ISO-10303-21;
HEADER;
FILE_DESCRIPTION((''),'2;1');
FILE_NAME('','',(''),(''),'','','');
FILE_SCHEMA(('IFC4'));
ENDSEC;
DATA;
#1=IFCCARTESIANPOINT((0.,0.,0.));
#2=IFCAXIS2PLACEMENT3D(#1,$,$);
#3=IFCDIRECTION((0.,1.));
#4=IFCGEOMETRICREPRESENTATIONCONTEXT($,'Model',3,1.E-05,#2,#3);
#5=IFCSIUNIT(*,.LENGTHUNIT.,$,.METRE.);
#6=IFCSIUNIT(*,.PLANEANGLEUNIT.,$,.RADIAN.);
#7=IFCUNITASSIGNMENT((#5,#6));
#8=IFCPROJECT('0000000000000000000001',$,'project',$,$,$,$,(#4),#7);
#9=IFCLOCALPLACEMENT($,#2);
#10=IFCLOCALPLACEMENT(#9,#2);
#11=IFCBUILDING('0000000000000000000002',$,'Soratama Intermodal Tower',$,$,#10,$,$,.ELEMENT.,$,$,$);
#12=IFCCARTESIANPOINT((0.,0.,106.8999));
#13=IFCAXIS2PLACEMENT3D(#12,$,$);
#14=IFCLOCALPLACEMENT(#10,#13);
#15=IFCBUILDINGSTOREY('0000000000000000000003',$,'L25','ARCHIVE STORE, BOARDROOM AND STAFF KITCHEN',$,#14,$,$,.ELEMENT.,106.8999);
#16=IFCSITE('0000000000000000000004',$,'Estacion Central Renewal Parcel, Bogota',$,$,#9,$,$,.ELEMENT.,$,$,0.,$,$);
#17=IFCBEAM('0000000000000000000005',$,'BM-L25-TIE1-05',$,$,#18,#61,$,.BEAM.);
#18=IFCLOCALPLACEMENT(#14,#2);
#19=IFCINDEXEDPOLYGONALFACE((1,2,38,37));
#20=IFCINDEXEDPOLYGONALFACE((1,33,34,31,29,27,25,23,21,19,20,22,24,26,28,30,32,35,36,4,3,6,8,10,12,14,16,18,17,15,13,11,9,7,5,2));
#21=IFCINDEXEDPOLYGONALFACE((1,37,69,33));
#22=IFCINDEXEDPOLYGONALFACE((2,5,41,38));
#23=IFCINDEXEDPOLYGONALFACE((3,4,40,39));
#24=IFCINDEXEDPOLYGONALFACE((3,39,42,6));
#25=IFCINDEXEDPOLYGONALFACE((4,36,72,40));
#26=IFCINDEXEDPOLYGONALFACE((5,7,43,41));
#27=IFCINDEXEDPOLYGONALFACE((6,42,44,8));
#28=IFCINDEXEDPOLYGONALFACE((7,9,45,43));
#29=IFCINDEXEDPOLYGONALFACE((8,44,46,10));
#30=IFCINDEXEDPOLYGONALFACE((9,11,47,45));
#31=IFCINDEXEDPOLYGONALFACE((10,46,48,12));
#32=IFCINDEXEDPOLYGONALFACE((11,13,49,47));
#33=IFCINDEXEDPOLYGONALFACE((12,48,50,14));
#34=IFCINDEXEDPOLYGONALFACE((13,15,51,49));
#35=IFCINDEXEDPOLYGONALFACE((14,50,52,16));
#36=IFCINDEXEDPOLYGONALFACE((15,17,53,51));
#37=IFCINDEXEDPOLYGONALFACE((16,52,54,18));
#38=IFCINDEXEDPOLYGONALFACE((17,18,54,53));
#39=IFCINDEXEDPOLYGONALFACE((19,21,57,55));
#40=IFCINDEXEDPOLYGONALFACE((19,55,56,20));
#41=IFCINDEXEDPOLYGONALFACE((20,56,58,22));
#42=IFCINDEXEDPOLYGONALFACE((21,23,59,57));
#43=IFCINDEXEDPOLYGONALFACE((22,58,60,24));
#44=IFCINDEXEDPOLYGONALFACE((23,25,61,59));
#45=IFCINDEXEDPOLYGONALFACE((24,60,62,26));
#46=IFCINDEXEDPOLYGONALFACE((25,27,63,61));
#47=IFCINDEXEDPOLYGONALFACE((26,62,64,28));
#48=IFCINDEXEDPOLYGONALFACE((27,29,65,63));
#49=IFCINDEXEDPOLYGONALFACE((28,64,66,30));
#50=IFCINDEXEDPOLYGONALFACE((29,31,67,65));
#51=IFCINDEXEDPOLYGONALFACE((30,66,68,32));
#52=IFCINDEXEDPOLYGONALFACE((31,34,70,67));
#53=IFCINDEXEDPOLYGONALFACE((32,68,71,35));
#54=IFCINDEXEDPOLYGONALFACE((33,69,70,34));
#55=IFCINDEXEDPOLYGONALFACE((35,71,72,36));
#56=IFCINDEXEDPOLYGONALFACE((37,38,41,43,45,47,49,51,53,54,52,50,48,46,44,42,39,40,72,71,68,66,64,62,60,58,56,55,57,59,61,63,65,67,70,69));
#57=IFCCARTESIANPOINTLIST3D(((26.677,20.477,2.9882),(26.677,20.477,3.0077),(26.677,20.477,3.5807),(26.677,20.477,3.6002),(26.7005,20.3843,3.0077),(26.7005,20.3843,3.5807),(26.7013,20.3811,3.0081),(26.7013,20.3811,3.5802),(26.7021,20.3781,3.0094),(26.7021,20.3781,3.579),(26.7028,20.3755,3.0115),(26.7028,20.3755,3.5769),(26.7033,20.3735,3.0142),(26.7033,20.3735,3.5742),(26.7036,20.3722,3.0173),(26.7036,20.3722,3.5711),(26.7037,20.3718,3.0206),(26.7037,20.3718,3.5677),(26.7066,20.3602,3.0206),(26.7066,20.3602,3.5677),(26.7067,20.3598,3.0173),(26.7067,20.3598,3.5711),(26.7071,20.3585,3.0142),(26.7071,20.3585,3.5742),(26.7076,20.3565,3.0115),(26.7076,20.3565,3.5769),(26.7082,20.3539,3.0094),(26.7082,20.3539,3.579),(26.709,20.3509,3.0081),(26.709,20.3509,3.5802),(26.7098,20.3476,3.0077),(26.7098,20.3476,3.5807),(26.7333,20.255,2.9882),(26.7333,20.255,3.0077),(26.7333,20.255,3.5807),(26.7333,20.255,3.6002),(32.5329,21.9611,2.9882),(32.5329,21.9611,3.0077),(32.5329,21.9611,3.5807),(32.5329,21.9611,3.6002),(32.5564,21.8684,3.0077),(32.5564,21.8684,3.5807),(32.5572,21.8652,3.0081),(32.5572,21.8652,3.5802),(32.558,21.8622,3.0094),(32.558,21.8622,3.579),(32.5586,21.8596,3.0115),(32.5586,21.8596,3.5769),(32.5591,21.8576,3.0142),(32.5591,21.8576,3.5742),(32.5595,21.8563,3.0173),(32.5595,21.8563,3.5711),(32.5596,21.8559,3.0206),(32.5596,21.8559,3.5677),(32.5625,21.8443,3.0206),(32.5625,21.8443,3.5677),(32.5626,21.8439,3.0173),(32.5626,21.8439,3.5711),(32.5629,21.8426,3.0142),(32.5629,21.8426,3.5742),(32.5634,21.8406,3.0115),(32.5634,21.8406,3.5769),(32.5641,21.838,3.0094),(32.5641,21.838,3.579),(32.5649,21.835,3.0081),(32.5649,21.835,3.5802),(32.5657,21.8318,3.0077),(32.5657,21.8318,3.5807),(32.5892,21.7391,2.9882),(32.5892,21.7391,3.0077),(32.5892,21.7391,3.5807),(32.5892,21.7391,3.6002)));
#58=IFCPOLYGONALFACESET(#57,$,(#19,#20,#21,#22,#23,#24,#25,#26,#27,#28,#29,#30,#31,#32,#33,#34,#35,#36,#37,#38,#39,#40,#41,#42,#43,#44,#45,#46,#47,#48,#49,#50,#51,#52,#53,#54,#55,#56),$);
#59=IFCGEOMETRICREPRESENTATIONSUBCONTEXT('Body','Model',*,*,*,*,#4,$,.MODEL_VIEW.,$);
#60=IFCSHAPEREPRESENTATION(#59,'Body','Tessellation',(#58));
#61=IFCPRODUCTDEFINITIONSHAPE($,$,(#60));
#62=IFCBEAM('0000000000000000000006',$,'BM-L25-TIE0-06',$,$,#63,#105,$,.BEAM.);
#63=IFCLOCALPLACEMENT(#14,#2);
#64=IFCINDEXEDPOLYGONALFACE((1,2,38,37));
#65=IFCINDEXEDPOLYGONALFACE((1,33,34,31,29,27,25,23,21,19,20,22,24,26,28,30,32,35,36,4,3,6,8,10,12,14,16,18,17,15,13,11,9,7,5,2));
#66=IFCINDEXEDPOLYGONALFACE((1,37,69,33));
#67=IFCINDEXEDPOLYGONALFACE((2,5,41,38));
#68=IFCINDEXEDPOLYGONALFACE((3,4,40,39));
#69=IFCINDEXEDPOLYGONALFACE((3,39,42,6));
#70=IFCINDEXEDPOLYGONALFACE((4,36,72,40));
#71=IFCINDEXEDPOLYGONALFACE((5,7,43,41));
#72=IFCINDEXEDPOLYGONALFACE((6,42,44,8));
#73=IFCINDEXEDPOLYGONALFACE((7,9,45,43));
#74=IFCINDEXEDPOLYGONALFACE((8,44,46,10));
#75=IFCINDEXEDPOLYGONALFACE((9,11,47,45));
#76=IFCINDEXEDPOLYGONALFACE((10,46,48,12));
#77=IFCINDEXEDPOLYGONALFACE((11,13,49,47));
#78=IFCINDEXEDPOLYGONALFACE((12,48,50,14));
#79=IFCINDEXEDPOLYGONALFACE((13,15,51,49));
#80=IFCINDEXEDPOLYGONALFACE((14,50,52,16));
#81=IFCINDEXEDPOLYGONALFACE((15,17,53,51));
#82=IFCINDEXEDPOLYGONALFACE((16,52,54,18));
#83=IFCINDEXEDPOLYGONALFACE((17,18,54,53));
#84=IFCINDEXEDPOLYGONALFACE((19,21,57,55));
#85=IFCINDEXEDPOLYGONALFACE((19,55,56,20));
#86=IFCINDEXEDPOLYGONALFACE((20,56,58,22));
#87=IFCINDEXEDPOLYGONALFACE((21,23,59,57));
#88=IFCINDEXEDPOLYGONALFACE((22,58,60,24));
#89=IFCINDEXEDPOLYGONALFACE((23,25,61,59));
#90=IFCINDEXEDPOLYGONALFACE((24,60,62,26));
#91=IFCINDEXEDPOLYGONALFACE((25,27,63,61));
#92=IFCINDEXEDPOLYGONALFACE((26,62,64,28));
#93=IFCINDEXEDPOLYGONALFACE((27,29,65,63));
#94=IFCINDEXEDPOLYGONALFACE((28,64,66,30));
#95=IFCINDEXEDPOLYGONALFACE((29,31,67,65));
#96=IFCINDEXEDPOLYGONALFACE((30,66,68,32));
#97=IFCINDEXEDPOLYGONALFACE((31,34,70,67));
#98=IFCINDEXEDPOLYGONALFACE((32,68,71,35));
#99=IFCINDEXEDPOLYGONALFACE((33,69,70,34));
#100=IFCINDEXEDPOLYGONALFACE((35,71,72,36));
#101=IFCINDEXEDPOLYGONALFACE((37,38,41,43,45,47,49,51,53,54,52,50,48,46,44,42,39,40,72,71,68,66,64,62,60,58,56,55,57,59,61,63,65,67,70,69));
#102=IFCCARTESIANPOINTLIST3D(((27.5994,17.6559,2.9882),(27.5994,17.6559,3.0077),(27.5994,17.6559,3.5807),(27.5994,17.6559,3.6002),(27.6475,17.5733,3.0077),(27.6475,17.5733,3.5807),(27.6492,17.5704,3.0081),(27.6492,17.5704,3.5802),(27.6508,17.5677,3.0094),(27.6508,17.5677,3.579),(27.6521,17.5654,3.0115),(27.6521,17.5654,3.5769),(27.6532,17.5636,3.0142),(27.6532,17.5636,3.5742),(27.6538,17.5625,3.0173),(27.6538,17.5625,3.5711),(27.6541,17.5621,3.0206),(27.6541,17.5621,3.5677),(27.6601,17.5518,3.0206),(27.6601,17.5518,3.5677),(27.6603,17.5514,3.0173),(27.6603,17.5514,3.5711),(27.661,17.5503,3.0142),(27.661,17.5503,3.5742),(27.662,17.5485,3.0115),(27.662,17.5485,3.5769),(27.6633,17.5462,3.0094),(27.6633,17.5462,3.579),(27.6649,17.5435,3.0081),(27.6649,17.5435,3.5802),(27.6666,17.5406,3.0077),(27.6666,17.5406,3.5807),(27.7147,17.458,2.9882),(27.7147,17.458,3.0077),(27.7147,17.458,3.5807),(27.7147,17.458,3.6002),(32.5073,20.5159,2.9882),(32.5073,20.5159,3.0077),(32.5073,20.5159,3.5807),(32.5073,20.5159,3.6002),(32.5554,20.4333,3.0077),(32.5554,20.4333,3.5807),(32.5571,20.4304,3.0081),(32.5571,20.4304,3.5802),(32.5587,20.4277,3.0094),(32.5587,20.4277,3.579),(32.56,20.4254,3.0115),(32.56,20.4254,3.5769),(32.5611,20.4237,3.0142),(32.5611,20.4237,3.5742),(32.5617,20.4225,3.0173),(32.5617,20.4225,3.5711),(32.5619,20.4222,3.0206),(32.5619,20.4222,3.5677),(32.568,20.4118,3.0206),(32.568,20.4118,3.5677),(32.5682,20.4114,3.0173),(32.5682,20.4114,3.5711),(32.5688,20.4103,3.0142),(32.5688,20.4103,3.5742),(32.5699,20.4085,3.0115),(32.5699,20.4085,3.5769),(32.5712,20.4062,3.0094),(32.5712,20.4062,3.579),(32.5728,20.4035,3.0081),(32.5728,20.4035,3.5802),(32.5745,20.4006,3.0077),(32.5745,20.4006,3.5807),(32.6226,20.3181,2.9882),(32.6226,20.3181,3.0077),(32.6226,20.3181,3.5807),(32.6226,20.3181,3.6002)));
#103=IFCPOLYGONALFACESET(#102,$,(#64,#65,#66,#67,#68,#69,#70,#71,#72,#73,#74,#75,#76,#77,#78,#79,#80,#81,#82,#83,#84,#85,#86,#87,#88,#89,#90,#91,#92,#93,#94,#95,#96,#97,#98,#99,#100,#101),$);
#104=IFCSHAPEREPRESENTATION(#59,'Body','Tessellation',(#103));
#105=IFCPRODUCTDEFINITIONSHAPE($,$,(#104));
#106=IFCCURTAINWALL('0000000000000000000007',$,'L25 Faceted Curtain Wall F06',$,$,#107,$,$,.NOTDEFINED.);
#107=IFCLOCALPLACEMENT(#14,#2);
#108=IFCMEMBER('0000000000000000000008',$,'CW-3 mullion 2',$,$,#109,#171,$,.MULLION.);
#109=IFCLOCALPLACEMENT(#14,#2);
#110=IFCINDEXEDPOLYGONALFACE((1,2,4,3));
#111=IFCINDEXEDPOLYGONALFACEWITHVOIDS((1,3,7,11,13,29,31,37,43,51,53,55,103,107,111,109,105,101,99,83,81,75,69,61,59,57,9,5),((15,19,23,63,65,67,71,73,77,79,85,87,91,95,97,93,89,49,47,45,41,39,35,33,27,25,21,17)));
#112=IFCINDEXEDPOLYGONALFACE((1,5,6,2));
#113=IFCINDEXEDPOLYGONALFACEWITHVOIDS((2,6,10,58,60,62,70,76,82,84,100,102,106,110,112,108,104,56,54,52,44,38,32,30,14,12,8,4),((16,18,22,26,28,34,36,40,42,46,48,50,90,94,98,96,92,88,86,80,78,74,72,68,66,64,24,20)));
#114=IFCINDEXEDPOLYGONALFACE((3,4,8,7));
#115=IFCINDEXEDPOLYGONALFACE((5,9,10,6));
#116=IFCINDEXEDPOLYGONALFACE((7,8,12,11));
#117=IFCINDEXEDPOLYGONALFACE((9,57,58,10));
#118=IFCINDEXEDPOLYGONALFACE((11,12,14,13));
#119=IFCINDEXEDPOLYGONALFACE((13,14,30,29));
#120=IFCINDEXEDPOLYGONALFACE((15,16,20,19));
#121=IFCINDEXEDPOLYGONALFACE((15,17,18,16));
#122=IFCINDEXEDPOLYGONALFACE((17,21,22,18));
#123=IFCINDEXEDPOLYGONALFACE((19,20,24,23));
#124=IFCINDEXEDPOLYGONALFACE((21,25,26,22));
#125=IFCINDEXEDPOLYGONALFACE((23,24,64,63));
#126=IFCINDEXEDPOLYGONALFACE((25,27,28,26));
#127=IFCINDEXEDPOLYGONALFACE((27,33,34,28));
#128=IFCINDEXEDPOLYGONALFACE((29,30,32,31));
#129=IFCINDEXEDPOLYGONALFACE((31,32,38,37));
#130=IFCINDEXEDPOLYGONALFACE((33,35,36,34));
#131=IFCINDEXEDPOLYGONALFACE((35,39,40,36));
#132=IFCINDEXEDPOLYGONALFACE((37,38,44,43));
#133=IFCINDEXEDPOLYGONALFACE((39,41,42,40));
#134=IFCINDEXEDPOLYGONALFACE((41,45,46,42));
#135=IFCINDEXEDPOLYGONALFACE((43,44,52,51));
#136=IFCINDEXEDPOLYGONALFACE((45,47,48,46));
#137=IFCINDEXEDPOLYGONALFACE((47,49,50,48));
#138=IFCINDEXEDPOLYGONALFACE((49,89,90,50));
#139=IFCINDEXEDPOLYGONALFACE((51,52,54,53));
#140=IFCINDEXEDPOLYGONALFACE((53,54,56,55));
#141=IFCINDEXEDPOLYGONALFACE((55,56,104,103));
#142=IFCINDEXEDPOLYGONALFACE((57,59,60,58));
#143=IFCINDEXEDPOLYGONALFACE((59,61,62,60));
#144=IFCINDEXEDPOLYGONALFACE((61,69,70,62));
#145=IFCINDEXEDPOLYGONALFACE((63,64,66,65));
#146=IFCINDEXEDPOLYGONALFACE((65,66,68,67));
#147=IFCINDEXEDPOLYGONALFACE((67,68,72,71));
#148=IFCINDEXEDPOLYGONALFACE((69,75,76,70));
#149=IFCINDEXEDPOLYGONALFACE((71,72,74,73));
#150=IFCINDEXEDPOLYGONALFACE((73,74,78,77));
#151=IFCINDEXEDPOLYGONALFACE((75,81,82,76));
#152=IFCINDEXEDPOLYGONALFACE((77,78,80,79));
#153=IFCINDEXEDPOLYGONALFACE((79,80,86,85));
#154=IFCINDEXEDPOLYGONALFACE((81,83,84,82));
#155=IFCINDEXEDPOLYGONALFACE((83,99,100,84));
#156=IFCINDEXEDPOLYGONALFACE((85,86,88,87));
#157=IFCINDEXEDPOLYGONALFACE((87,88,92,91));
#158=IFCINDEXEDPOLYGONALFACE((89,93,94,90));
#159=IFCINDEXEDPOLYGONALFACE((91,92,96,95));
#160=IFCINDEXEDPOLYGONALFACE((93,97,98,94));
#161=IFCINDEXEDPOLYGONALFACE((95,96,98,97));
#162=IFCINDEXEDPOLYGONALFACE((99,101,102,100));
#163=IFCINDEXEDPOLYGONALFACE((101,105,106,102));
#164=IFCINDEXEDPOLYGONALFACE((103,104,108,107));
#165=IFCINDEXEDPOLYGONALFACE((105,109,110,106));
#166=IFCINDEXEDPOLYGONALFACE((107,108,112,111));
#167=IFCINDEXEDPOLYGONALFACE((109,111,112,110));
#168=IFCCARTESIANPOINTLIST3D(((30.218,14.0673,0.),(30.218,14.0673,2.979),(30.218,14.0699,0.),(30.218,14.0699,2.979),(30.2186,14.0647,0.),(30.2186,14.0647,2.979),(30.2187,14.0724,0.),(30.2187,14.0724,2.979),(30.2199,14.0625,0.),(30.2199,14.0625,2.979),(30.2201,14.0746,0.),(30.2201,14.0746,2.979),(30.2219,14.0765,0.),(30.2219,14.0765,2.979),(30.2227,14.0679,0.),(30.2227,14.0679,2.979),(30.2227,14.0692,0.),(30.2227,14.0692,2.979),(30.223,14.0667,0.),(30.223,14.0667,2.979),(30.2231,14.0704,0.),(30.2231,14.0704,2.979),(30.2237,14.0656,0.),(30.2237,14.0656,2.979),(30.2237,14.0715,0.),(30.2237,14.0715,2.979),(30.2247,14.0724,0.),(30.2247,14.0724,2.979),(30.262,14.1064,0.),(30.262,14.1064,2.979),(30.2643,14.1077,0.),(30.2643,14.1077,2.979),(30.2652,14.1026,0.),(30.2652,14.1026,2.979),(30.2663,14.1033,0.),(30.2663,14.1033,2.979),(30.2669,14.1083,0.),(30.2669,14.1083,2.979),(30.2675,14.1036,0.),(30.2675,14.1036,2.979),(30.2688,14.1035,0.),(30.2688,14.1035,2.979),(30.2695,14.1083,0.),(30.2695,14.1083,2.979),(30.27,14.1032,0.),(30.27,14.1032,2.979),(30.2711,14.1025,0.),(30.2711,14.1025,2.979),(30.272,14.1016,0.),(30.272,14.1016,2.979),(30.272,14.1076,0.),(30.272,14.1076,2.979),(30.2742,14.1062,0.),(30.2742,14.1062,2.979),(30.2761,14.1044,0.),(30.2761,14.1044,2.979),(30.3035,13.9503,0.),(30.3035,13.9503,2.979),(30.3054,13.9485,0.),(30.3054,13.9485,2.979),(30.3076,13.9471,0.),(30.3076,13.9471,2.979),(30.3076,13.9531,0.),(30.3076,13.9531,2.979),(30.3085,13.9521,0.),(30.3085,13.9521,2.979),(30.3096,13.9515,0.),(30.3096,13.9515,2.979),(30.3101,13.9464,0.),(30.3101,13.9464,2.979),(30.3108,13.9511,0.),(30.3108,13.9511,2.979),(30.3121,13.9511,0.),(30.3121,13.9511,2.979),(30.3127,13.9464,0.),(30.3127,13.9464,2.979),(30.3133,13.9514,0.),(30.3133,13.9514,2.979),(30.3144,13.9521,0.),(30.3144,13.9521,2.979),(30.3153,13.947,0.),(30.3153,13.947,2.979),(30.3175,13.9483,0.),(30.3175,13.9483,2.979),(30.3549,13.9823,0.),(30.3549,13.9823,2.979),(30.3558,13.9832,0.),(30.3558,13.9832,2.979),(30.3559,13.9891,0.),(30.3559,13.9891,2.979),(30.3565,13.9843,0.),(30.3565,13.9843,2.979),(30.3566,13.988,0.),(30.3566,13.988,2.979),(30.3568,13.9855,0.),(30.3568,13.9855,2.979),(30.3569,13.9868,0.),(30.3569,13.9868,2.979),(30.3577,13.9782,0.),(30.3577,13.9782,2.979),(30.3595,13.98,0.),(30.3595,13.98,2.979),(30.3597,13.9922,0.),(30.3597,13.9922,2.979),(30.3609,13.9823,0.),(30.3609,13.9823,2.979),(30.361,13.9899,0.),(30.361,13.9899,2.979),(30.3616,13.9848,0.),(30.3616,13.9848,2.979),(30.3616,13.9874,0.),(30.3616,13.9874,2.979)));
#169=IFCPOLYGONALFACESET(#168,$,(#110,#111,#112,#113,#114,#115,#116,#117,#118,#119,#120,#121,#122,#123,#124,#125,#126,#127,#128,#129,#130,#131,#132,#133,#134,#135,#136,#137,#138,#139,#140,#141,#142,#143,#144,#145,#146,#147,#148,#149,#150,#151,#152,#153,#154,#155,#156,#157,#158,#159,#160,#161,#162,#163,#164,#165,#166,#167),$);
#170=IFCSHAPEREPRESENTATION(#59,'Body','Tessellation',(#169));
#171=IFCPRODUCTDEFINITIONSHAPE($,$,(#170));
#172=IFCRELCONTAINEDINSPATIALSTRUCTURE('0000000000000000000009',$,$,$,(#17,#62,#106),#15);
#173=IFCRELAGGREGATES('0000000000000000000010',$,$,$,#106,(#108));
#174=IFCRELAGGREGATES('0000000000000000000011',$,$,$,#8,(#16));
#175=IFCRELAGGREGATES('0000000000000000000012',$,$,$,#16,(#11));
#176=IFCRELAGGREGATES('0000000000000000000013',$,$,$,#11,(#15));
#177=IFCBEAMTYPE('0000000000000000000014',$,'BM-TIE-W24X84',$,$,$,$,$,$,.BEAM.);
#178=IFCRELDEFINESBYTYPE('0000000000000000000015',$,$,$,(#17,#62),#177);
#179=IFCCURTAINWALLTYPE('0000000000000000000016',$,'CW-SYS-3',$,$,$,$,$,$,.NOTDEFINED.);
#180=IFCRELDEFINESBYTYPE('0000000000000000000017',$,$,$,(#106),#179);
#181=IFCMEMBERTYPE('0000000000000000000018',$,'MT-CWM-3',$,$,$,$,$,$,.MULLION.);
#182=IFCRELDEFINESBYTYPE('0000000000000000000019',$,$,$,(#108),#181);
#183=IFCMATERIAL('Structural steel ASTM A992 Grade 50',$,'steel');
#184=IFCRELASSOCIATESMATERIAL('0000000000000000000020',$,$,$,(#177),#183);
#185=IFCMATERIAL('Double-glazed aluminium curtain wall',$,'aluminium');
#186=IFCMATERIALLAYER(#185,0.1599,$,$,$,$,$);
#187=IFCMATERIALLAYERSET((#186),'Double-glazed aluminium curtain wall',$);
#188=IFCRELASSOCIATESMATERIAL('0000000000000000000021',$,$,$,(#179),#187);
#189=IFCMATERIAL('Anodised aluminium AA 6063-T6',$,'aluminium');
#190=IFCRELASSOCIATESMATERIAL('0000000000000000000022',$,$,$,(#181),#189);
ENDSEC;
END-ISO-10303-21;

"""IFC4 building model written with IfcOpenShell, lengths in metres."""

from ifc_helpers import new_model, si_unit, direction, frame, origin, origin_2d, place, context, subcontext, project, spatial, hollow_rectangle, i_section, extrude, material, layer, layer_set, material_profile, profile_set, type_object, element, aggregate, save


model = new_model("IFC4")

# Units and contexts
model_context = context("Model", 3, precision=1e-05, world=origin(), true_north=direction((0.0, 1.0)))
body_context = subcontext(model_context, "Body", "Model", "MODEL_VIEW")
ifc_project = project(units=[si_unit("LENGTHUNIT", "METRE"), si_unit("PLANEANGLEUNIT", "RADIAN")], contexts=[model_context])

# Site, building, storey
site_placement = place(None, origin())
site = spatial("IfcSite", under=ifc_project, at=site_placement, Name="Estacion Central Renewal Parcel, Bogota", CompositionType="ELEMENT", RefElevation=0.0)
building_placement = place(site_placement, origin())
building = spatial("IfcBuilding", under=site, at=building_placement, Name="Soratama Intermodal Tower", CompositionType="ELEMENT")
storey_placement = place(building_placement, frame((0.0, 0.0, 106.8999)))
storey = spatial("IfcBuildingStorey", under=building, at=storey_placement, Name="L25", Description="ARCHIVE STORE, BOARDROOM AND STAFF KITCHEN", CompositionType="ELEMENT", Elevation=106.8999)

# Beams
ifc_material_1 = material(Name="Structural steel ASTM A992 Grade 50", Category="steel")
ifc_material_profile_1 = material_profile(ifc_material_1, i_section(OverallWidth=0.229, OverallDepth=0.6121, WebThickness=0.012, FlangeThickness=0.0195, FilletRadius=0.0129, at=origin_2d()), Name="W24X84")
ifc_profile_set_1 = profile_set([ifc_material_profile_1], Name="Structural steel ASTM A992 Grade 50")
beam_type_1 = type_object("IfcBeamType", Name="BM-TIE-W24X84", PredefinedType="BEAM", material=ifc_profile_set_1)
beam_1_placement = place(storey_placement, frame((32.561, 21.8501, 3.2942), z_axis=(-0.969353, -0.245672, 0.0), x_axis=(0.245672, -0.969353, 0.0)))
element("IfcBeam", 1, at=beam_1_placement, inside=storey, type_object=beam_type_1, Name="BM-L25-TIE1-05", PredefinedType="BEAM", context=body_context, shape_type="SweptSolid", body=[
    extrude(i_section(OverallWidth=0.229, OverallDepth=0.6121, WebThickness=0.012, FlangeThickness=0.0195, FilletRadius=0.0129, at=origin_2d()), origin(), (0.0, 0.0, 1.0), 6.041),
])
beam_2_placement = place(storey_placement, frame((32.5649, 20.417, 3.2942), z_axis=(-0.863999, -0.503494, 0.0), x_axis=(0.503494, -0.863999, 0.0)))
element("IfcBeam", 2, at=beam_2_placement, inside=storey, type_object=beam_type_1, Name="BM-L25-TIE0-06", PredefinedType="BEAM", context=body_context, shape_type="SweptSolid", body=[
    extrude(i_section(OverallWidth=0.229, OverallDepth=0.6121, WebThickness=0.012, FlangeThickness=0.0195, FilletRadius=0.0129, at=origin_2d()), origin(), (0.0, 0.0, 1.0), 5.6804),
])

# Curtain wall, member
ifc_material_2 = material(Name="Double-glazed aluminium curtain wall", Category="aluminium")
ifc_layer_1 = layer(ifc_material_2, 0.1599)
ifc_layer_set_1 = layer_set([ifc_layer_1], Name="Double-glazed aluminium curtain wall")
curtain_wall_type = type_object("IfcCurtainWallType", Name="CW-SYS-3", PredefinedType="NOTDEFINED", material=ifc_layer_set_1)
curtain_wall_placement = place(storey_placement, origin())
curtain_wall = element("IfcCurtainWall", 3, at=curtain_wall_placement, inside=storey, type_object=curtain_wall_type, Name="L25 Faceted Curtain Wall F06", PredefinedType="NOTDEFINED")
ifc_material_3 = material(Name="Anodised aluminium AA 6063-T6", Category="aluminium")
ifc_material_profile_2 = material_profile(ifc_material_3, hollow_rectangle(XDim=0.0701, YDim=0.1599, WallThickness=0.0049, InnerFilletRadius=0.0049, OuterFilletRadius=0.01, at=origin_2d()), Name="CWM160X70X5")
ifc_profile_set_2 = profile_set([ifc_material_profile_2], Name="Anodised aluminium AA 6063-T6")
member_type_1 = type_object("IfcMemberType", Name="MT-CWM-3", PredefinedType="MULLION", material=ifc_profile_set_2)
member_1_placement = place(storey_placement, frame((30.2898, 14.0273, 0.0), z_axis=(0.0, 0.0, 1.0), x_axis=(0.801564, 0.597909, 0.0)))
member_1 = element("IfcMember", 4, at=member_1_placement, type_object=member_type_1, Name="CW-3 mullion 2", PredefinedType="MULLION", context=body_context, shape_type="SweptSolid", body=[
    extrude(hollow_rectangle(XDim=0.0701, YDim=0.1599, WallThickness=0.0049, InnerFilletRadius=0.0049, OuterFilletRadius=0.01, at=origin_2d()), origin(), (0.0, 0.0, 1.0), 2.979),
])
aggregate(curtain_wall, [member_1])

save(model, "model.ifc")
